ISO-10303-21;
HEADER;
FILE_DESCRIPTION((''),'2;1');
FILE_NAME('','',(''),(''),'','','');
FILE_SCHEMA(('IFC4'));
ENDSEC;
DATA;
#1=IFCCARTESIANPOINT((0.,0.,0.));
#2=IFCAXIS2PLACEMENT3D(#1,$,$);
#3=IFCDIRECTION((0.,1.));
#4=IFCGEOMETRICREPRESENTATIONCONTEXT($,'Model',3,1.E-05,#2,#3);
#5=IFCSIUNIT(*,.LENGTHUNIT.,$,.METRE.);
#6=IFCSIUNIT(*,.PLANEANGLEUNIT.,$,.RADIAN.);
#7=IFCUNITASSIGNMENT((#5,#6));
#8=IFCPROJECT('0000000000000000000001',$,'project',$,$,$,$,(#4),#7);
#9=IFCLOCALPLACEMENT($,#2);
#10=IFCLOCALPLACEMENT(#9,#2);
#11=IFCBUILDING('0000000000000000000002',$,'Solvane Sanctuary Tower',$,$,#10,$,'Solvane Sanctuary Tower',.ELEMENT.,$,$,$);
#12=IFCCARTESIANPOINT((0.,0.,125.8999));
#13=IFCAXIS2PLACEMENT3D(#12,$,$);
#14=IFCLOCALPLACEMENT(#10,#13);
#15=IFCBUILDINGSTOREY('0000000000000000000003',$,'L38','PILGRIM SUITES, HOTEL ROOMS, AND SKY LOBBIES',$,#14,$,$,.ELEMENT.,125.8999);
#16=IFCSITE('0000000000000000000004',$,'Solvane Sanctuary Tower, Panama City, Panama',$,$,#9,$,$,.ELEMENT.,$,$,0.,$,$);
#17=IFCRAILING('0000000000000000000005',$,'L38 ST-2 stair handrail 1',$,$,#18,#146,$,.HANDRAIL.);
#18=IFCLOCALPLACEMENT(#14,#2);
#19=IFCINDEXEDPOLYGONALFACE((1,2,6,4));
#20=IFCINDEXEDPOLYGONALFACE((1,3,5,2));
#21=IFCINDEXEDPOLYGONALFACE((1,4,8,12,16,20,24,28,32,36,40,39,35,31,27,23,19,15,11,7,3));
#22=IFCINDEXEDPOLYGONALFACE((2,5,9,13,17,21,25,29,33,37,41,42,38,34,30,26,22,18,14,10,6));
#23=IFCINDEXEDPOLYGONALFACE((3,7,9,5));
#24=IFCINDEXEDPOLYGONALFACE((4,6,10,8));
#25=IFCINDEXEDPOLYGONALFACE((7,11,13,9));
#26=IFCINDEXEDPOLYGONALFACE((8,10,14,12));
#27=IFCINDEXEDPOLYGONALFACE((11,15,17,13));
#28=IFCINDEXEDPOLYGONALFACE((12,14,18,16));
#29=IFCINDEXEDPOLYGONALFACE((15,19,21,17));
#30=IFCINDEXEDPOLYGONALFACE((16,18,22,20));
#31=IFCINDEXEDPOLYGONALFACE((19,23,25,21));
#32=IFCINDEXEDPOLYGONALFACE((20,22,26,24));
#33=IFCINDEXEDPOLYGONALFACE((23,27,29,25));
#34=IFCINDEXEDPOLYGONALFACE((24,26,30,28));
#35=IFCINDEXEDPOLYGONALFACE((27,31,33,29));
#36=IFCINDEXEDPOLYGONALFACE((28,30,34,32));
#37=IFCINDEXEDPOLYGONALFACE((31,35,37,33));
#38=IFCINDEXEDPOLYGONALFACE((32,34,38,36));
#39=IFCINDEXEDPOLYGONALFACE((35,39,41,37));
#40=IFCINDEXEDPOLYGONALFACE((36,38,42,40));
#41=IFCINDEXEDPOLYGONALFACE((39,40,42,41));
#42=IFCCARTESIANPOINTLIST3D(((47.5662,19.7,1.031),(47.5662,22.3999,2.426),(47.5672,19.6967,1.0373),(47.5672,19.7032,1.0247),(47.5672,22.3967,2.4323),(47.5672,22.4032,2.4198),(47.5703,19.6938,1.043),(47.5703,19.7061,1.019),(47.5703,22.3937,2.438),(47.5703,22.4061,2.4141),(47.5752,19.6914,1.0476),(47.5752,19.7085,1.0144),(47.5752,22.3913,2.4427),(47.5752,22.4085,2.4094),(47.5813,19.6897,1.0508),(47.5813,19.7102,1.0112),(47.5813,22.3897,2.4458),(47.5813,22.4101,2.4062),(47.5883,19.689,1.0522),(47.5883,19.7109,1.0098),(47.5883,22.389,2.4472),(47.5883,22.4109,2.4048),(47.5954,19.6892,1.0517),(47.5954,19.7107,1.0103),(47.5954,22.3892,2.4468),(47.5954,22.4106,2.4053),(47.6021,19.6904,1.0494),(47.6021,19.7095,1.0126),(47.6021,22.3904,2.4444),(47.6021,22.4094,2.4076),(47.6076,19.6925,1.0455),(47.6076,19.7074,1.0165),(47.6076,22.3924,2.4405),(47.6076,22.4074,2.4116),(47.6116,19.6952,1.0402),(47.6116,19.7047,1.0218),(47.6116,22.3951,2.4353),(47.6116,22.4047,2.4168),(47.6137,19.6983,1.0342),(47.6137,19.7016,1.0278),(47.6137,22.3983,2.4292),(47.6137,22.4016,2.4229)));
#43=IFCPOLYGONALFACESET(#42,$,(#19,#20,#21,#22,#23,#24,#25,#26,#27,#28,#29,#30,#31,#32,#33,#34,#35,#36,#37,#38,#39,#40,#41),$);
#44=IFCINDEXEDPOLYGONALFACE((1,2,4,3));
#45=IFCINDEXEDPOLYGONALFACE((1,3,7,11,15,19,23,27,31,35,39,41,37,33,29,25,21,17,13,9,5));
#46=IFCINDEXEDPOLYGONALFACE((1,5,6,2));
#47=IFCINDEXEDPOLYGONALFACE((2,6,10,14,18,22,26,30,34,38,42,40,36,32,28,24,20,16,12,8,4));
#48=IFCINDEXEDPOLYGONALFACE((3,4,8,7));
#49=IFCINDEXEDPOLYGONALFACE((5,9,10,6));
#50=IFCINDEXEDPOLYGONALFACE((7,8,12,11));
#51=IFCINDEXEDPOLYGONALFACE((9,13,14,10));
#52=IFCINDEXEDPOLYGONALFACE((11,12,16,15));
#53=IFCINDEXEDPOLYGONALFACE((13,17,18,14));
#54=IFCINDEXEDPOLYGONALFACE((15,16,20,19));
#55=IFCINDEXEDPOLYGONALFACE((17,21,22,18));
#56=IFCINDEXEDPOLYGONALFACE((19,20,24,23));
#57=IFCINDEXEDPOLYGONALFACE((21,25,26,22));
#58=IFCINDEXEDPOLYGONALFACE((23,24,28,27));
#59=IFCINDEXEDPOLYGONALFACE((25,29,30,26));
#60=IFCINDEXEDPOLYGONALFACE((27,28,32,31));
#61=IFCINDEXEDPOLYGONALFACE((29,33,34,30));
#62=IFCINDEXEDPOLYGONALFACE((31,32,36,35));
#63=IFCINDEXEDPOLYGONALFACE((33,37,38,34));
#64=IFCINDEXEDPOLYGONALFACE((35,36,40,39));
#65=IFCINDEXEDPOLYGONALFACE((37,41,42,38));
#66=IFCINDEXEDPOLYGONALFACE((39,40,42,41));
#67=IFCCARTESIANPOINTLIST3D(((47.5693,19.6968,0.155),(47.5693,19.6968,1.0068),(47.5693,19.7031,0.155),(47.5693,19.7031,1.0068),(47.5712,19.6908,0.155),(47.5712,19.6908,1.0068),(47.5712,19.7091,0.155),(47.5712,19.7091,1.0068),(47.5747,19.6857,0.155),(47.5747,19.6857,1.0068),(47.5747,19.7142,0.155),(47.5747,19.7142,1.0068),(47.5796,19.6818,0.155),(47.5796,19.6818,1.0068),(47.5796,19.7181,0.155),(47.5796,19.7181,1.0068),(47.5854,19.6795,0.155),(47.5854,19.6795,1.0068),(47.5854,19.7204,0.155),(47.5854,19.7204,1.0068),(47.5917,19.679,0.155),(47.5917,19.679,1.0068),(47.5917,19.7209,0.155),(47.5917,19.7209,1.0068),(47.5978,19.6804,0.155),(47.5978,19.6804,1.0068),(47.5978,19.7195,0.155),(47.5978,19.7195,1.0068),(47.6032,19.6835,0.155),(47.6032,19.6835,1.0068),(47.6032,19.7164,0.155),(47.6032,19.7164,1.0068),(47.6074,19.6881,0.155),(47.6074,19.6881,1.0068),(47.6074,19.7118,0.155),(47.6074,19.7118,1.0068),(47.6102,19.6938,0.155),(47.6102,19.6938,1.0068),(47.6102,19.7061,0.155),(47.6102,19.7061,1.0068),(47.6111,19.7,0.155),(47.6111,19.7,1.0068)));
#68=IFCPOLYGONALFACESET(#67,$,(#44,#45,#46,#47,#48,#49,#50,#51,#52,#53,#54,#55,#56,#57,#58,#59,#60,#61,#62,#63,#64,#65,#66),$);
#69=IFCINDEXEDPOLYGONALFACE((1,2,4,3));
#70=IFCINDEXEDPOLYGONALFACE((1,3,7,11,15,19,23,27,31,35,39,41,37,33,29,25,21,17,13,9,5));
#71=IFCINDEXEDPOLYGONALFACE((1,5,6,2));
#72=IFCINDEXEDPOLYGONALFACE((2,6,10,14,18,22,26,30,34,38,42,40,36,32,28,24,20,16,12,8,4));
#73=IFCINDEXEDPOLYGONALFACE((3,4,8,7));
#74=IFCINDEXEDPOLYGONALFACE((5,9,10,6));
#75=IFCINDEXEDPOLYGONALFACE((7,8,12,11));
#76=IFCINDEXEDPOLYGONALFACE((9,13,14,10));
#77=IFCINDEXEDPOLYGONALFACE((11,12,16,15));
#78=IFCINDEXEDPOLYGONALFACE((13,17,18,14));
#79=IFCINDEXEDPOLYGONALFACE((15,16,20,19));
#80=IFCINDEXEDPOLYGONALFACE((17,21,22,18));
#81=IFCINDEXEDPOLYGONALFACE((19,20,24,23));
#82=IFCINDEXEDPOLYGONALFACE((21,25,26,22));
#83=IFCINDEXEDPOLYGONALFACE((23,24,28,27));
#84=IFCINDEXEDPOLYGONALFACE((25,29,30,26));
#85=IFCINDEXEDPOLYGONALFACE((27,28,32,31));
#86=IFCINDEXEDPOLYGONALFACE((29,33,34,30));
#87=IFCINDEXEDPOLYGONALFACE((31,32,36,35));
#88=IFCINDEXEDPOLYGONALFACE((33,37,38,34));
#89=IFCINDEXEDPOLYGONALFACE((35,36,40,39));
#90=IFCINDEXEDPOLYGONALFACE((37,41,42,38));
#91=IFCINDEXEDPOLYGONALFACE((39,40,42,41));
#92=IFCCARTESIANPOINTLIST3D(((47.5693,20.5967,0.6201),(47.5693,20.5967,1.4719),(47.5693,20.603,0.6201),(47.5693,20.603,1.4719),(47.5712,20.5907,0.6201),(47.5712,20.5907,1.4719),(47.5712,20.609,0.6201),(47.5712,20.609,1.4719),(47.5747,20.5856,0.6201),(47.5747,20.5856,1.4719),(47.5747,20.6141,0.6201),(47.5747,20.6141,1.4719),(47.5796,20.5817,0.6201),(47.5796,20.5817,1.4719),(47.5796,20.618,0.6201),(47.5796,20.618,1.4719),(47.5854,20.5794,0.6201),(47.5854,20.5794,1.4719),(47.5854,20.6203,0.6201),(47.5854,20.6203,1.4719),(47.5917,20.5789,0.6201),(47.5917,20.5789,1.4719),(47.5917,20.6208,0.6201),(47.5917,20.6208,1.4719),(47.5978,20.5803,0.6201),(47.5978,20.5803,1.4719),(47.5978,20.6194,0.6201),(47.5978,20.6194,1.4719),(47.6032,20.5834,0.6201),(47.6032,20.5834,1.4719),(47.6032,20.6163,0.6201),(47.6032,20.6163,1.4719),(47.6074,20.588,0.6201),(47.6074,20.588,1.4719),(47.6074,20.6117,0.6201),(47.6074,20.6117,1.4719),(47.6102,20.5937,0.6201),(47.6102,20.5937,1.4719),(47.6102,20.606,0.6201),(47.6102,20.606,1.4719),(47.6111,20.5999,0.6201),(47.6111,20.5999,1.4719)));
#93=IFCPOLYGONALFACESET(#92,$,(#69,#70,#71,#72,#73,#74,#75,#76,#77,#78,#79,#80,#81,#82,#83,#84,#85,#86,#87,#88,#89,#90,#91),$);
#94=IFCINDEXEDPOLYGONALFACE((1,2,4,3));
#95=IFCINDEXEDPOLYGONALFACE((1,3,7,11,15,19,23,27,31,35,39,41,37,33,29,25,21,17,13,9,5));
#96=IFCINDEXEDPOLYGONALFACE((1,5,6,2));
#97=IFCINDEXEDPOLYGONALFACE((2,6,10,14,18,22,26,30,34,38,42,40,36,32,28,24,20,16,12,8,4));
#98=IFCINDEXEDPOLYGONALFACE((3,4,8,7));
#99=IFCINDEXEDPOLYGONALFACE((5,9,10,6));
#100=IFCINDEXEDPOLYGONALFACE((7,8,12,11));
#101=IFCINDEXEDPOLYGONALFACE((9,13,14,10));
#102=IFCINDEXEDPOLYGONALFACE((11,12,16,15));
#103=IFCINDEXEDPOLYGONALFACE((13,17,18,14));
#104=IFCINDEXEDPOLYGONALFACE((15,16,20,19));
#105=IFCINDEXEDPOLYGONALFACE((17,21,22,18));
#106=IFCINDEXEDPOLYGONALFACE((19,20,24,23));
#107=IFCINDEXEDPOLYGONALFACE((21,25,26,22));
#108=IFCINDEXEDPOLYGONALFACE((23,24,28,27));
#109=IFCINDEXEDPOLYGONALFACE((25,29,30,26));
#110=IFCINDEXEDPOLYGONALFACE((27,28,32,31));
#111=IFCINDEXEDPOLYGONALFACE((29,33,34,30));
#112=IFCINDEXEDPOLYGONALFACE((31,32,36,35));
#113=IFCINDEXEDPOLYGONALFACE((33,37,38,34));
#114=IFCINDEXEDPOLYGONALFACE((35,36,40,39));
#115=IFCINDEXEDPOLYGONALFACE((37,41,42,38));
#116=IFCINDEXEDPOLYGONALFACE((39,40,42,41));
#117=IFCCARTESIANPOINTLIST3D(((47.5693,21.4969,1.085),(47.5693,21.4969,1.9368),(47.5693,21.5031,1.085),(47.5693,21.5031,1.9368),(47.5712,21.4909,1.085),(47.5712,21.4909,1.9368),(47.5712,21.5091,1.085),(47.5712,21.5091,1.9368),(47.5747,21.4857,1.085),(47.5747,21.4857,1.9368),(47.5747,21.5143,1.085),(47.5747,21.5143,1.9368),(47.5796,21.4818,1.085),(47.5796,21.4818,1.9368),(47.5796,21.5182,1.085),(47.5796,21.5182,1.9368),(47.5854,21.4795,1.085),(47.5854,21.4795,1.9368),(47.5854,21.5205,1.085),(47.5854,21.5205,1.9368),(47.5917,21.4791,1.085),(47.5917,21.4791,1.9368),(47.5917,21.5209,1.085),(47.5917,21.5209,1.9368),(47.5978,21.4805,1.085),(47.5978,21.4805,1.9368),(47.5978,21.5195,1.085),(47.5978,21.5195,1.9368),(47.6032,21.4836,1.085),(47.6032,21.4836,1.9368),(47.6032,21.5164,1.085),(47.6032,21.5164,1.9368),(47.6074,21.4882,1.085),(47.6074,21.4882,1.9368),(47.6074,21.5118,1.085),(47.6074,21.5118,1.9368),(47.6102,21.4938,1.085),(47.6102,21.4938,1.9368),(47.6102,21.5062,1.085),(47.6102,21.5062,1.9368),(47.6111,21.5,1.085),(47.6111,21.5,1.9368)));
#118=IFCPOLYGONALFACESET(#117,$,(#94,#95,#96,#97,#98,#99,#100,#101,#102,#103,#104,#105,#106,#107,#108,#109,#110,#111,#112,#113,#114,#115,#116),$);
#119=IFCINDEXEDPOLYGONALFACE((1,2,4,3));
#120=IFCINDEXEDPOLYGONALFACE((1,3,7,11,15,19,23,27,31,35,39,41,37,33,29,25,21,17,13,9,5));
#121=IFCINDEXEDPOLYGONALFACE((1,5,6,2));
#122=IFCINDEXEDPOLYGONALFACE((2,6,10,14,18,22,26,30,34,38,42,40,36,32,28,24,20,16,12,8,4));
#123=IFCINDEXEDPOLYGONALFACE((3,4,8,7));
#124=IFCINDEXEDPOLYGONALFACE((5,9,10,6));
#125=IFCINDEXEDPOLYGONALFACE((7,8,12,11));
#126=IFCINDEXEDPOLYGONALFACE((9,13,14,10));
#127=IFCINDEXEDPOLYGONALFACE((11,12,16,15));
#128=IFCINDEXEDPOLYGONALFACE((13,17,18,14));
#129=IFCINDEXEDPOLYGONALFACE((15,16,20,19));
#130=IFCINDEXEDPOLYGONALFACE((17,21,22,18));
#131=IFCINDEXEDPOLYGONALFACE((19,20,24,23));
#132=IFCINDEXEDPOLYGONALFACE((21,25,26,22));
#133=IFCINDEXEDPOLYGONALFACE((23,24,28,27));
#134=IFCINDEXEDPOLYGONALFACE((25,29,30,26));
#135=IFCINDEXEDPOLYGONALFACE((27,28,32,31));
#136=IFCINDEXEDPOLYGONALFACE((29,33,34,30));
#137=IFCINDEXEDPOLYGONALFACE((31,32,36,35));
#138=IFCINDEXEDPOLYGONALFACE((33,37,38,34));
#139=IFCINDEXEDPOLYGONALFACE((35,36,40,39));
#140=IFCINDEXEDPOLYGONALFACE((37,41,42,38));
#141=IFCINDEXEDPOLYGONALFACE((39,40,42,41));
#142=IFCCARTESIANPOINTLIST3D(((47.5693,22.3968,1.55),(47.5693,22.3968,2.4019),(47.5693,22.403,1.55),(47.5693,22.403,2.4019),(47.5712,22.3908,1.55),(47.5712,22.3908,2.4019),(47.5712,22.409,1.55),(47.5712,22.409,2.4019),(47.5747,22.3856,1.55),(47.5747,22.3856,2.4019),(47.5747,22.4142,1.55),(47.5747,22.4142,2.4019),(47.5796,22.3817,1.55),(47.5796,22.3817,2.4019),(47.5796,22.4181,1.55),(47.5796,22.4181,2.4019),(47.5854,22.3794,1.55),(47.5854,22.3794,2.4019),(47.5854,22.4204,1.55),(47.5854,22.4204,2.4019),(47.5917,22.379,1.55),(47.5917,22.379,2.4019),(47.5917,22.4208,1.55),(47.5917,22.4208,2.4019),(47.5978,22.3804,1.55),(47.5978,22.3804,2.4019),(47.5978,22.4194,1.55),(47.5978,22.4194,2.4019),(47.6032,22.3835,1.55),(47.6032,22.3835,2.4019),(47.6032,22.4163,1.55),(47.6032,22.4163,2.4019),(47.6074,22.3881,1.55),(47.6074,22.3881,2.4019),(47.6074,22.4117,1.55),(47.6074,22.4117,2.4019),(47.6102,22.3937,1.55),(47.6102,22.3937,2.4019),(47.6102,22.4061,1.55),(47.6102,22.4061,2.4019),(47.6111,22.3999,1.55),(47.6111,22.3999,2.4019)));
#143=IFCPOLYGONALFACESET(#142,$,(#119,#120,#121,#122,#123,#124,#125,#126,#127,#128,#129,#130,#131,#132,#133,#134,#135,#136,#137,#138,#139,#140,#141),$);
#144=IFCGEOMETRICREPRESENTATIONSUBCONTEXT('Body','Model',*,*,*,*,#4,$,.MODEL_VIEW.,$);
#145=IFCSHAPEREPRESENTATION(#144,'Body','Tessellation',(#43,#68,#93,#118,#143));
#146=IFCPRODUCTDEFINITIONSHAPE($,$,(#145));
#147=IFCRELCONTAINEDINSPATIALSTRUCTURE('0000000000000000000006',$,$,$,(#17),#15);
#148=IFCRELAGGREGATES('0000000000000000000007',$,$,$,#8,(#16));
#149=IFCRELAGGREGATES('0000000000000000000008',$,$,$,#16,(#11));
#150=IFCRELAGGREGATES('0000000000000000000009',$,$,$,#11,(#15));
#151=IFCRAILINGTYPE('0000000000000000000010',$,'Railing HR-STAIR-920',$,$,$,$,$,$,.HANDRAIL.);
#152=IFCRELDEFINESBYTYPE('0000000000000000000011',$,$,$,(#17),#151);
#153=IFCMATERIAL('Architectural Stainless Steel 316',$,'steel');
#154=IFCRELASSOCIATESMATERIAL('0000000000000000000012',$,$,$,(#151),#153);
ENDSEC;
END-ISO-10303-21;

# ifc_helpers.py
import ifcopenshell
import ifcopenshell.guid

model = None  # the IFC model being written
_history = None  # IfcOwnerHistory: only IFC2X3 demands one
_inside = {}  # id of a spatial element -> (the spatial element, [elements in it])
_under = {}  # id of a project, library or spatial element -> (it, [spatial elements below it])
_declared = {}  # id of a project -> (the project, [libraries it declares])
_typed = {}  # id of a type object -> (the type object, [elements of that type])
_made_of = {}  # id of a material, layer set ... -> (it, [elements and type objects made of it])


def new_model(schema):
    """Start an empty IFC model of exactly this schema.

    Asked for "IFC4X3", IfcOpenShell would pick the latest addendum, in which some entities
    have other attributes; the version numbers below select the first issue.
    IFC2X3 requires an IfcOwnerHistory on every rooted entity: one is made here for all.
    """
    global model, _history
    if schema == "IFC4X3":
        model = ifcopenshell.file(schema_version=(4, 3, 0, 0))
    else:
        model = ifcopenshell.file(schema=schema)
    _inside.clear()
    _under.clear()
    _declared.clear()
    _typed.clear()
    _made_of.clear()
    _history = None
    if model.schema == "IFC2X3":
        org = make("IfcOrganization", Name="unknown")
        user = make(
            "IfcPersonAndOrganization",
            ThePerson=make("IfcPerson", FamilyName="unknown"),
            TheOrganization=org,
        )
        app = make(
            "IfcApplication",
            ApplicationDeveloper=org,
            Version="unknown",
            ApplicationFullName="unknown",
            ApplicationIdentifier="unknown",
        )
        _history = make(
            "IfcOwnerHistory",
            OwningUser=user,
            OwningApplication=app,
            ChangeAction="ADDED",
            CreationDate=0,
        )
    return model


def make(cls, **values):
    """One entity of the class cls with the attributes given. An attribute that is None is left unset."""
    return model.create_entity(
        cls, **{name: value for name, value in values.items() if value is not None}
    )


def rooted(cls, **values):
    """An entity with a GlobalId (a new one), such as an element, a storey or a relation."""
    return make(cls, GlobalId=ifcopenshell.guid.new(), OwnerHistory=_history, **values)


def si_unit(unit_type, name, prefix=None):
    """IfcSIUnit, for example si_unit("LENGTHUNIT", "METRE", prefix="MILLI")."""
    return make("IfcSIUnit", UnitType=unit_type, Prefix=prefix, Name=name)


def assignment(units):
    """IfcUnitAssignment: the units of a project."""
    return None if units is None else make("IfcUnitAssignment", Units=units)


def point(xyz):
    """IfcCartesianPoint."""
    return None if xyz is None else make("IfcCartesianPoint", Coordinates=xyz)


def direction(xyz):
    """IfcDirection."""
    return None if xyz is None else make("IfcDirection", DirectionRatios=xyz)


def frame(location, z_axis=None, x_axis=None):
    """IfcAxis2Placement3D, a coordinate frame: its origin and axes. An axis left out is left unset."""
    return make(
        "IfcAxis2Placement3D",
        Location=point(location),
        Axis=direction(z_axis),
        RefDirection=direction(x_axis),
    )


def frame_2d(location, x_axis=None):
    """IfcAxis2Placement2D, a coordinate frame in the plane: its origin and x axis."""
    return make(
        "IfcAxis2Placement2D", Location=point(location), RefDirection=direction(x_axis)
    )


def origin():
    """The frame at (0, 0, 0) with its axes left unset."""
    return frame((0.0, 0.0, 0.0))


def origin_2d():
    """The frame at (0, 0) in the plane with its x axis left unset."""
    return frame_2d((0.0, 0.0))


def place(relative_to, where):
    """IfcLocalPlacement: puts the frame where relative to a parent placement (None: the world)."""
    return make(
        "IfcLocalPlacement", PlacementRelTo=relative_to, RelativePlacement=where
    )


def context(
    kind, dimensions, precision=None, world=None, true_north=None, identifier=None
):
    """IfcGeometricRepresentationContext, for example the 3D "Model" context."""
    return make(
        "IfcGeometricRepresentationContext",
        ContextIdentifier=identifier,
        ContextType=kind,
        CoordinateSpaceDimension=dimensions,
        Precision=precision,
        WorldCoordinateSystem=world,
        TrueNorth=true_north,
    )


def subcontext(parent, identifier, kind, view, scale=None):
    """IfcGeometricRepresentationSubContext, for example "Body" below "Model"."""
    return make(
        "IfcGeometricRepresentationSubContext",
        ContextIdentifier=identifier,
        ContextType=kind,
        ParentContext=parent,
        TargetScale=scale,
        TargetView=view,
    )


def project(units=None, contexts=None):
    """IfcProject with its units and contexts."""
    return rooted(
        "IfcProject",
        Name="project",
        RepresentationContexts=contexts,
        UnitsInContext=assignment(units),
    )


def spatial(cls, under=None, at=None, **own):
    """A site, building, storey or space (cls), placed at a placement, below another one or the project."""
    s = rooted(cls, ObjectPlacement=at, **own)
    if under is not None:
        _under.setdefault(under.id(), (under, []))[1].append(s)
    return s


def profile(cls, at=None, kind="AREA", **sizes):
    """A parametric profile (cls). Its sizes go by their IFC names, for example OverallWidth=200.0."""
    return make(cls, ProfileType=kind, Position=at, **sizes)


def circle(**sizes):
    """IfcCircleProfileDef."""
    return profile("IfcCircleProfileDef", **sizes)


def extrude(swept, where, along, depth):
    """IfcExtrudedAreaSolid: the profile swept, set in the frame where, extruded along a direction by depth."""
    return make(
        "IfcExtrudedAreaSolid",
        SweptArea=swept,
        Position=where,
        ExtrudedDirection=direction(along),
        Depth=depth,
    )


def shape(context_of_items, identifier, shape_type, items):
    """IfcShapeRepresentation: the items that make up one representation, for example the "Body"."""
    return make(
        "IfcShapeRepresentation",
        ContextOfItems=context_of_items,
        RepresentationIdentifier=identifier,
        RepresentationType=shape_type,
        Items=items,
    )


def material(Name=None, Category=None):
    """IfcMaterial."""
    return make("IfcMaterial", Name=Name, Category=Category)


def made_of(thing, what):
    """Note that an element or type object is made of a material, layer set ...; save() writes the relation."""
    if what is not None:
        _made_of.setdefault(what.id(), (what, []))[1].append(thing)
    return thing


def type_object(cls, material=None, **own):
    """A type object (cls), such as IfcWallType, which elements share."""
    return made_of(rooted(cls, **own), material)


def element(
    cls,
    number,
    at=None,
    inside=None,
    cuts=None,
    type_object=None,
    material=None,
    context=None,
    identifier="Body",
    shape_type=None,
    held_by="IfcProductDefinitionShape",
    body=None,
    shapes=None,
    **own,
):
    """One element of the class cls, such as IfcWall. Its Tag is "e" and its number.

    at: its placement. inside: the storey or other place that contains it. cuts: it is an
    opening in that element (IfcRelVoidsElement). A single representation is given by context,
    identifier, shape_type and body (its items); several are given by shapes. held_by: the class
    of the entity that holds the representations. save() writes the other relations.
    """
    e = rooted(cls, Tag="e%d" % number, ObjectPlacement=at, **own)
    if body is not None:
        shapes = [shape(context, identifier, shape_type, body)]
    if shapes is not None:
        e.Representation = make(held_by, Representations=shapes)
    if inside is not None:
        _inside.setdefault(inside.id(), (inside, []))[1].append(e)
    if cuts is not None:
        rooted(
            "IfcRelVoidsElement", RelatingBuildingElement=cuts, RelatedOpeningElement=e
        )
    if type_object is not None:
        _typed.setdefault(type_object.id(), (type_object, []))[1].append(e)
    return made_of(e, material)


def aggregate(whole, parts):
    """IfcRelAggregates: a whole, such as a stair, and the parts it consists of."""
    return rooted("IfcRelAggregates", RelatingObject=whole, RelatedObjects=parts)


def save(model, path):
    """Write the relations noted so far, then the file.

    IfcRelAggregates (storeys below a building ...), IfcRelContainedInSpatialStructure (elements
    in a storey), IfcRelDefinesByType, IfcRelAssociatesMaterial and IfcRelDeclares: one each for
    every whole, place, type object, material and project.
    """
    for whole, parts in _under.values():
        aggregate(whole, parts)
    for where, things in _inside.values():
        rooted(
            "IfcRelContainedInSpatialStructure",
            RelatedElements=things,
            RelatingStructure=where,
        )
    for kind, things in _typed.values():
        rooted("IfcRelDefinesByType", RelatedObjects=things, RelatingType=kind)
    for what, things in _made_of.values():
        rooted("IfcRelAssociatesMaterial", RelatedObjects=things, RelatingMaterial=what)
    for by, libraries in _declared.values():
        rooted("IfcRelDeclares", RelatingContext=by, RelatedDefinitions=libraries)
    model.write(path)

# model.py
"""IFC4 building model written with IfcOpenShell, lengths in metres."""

from ifc_helpers import new_model, si_unit, direction, frame, origin, origin_2d, place, context, subcontext, project, spatial, circle, extrude, material, type_object, element, save


model = new_model("IFC4")

# Units and contexts
model_context = context("Model", 3, precision=1e-05, world=origin(), true_north=direction((0.0, 1.0)))
body_context = subcontext(model_context, "Body", "Model", "MODEL_VIEW")
ifc_project = project(units=[si_unit("LENGTHUNIT", "METRE"), si_unit("PLANEANGLEUNIT", "RADIAN")], contexts=[model_context])

# Site, building, storey
site_placement = place(None, origin())
site = spatial("IfcSite", under=ifc_project, at=site_placement, Name="Solvane Sanctuary Tower, Panama City, Panama", CompositionType="ELEMENT", RefElevation=0.0)
building_placement = place(site_placement, origin())
building = spatial("IfcBuilding", under=site, at=building_placement, Name="Solvane Sanctuary Tower", LongName="Solvane Sanctuary Tower", CompositionType="ELEMENT")
storey_placement = place(building_placement, frame((0.0, 0.0, 125.8999)))
storey = spatial("IfcBuildingStorey", under=building, at=storey_placement, Name="L38", Description="PILGRIM SUITES, HOTEL ROOMS, AND SKY LOBBIES", CompositionType="ELEMENT", Elevation=125.8999)

# Shared definitions
ifc_material_1 = material(Name="Architectural Stainless Steel 316", Category="steel")

# Railing
railing_type_1 = type_object("IfcRailingType", Name="Railing HR-STAIR-920", PredefinedType="HANDRAIL", material=ifc_material_1)
railing_1_placement = place(storey_placement, frame((47.5901, 19.7, 0.155)))
element("IfcRailing", 1, at=railing_1_placement, inside=storey, type_object=railing_type_1, Name="L38 ST-2 stair handrail 1", PredefinedType="HANDRAIL", context=body_context, shape_type="SweptSolid", body=[
    extrude(circle(Radius=0.0239, at=origin_2d()), frame((0.0, 0.0, 0.876), z_axis=(0.0, 0.88842, 0.459032), x_axis=(-1.0, 0.0, 0.0)), (0.0, 0.0, 1.0), 3.0391),
    extrude(circle(Radius=0.021, at=origin_2d()), origin(), (0.0, 0.0, 1.0), 0.8518),
    extrude(circle(Radius=0.021, at=origin_2d()), frame((0.0, 0.8999, 0.4651)), (0.0, 0.0, 1.0), 0.8518),
    extrude(circle(Radius=0.021, at=origin_2d()), frame((0.0, 1.8, 0.9299)), (0.0, 0.0, 1.0), 0.8518),
    extrude(circle(Radius=0.021, at=origin_2d()), frame((0.0, 2.7, 1.395)), (0.0, 0.0, 1.0), 0.8518),
])

save(model, "model.ifc")
